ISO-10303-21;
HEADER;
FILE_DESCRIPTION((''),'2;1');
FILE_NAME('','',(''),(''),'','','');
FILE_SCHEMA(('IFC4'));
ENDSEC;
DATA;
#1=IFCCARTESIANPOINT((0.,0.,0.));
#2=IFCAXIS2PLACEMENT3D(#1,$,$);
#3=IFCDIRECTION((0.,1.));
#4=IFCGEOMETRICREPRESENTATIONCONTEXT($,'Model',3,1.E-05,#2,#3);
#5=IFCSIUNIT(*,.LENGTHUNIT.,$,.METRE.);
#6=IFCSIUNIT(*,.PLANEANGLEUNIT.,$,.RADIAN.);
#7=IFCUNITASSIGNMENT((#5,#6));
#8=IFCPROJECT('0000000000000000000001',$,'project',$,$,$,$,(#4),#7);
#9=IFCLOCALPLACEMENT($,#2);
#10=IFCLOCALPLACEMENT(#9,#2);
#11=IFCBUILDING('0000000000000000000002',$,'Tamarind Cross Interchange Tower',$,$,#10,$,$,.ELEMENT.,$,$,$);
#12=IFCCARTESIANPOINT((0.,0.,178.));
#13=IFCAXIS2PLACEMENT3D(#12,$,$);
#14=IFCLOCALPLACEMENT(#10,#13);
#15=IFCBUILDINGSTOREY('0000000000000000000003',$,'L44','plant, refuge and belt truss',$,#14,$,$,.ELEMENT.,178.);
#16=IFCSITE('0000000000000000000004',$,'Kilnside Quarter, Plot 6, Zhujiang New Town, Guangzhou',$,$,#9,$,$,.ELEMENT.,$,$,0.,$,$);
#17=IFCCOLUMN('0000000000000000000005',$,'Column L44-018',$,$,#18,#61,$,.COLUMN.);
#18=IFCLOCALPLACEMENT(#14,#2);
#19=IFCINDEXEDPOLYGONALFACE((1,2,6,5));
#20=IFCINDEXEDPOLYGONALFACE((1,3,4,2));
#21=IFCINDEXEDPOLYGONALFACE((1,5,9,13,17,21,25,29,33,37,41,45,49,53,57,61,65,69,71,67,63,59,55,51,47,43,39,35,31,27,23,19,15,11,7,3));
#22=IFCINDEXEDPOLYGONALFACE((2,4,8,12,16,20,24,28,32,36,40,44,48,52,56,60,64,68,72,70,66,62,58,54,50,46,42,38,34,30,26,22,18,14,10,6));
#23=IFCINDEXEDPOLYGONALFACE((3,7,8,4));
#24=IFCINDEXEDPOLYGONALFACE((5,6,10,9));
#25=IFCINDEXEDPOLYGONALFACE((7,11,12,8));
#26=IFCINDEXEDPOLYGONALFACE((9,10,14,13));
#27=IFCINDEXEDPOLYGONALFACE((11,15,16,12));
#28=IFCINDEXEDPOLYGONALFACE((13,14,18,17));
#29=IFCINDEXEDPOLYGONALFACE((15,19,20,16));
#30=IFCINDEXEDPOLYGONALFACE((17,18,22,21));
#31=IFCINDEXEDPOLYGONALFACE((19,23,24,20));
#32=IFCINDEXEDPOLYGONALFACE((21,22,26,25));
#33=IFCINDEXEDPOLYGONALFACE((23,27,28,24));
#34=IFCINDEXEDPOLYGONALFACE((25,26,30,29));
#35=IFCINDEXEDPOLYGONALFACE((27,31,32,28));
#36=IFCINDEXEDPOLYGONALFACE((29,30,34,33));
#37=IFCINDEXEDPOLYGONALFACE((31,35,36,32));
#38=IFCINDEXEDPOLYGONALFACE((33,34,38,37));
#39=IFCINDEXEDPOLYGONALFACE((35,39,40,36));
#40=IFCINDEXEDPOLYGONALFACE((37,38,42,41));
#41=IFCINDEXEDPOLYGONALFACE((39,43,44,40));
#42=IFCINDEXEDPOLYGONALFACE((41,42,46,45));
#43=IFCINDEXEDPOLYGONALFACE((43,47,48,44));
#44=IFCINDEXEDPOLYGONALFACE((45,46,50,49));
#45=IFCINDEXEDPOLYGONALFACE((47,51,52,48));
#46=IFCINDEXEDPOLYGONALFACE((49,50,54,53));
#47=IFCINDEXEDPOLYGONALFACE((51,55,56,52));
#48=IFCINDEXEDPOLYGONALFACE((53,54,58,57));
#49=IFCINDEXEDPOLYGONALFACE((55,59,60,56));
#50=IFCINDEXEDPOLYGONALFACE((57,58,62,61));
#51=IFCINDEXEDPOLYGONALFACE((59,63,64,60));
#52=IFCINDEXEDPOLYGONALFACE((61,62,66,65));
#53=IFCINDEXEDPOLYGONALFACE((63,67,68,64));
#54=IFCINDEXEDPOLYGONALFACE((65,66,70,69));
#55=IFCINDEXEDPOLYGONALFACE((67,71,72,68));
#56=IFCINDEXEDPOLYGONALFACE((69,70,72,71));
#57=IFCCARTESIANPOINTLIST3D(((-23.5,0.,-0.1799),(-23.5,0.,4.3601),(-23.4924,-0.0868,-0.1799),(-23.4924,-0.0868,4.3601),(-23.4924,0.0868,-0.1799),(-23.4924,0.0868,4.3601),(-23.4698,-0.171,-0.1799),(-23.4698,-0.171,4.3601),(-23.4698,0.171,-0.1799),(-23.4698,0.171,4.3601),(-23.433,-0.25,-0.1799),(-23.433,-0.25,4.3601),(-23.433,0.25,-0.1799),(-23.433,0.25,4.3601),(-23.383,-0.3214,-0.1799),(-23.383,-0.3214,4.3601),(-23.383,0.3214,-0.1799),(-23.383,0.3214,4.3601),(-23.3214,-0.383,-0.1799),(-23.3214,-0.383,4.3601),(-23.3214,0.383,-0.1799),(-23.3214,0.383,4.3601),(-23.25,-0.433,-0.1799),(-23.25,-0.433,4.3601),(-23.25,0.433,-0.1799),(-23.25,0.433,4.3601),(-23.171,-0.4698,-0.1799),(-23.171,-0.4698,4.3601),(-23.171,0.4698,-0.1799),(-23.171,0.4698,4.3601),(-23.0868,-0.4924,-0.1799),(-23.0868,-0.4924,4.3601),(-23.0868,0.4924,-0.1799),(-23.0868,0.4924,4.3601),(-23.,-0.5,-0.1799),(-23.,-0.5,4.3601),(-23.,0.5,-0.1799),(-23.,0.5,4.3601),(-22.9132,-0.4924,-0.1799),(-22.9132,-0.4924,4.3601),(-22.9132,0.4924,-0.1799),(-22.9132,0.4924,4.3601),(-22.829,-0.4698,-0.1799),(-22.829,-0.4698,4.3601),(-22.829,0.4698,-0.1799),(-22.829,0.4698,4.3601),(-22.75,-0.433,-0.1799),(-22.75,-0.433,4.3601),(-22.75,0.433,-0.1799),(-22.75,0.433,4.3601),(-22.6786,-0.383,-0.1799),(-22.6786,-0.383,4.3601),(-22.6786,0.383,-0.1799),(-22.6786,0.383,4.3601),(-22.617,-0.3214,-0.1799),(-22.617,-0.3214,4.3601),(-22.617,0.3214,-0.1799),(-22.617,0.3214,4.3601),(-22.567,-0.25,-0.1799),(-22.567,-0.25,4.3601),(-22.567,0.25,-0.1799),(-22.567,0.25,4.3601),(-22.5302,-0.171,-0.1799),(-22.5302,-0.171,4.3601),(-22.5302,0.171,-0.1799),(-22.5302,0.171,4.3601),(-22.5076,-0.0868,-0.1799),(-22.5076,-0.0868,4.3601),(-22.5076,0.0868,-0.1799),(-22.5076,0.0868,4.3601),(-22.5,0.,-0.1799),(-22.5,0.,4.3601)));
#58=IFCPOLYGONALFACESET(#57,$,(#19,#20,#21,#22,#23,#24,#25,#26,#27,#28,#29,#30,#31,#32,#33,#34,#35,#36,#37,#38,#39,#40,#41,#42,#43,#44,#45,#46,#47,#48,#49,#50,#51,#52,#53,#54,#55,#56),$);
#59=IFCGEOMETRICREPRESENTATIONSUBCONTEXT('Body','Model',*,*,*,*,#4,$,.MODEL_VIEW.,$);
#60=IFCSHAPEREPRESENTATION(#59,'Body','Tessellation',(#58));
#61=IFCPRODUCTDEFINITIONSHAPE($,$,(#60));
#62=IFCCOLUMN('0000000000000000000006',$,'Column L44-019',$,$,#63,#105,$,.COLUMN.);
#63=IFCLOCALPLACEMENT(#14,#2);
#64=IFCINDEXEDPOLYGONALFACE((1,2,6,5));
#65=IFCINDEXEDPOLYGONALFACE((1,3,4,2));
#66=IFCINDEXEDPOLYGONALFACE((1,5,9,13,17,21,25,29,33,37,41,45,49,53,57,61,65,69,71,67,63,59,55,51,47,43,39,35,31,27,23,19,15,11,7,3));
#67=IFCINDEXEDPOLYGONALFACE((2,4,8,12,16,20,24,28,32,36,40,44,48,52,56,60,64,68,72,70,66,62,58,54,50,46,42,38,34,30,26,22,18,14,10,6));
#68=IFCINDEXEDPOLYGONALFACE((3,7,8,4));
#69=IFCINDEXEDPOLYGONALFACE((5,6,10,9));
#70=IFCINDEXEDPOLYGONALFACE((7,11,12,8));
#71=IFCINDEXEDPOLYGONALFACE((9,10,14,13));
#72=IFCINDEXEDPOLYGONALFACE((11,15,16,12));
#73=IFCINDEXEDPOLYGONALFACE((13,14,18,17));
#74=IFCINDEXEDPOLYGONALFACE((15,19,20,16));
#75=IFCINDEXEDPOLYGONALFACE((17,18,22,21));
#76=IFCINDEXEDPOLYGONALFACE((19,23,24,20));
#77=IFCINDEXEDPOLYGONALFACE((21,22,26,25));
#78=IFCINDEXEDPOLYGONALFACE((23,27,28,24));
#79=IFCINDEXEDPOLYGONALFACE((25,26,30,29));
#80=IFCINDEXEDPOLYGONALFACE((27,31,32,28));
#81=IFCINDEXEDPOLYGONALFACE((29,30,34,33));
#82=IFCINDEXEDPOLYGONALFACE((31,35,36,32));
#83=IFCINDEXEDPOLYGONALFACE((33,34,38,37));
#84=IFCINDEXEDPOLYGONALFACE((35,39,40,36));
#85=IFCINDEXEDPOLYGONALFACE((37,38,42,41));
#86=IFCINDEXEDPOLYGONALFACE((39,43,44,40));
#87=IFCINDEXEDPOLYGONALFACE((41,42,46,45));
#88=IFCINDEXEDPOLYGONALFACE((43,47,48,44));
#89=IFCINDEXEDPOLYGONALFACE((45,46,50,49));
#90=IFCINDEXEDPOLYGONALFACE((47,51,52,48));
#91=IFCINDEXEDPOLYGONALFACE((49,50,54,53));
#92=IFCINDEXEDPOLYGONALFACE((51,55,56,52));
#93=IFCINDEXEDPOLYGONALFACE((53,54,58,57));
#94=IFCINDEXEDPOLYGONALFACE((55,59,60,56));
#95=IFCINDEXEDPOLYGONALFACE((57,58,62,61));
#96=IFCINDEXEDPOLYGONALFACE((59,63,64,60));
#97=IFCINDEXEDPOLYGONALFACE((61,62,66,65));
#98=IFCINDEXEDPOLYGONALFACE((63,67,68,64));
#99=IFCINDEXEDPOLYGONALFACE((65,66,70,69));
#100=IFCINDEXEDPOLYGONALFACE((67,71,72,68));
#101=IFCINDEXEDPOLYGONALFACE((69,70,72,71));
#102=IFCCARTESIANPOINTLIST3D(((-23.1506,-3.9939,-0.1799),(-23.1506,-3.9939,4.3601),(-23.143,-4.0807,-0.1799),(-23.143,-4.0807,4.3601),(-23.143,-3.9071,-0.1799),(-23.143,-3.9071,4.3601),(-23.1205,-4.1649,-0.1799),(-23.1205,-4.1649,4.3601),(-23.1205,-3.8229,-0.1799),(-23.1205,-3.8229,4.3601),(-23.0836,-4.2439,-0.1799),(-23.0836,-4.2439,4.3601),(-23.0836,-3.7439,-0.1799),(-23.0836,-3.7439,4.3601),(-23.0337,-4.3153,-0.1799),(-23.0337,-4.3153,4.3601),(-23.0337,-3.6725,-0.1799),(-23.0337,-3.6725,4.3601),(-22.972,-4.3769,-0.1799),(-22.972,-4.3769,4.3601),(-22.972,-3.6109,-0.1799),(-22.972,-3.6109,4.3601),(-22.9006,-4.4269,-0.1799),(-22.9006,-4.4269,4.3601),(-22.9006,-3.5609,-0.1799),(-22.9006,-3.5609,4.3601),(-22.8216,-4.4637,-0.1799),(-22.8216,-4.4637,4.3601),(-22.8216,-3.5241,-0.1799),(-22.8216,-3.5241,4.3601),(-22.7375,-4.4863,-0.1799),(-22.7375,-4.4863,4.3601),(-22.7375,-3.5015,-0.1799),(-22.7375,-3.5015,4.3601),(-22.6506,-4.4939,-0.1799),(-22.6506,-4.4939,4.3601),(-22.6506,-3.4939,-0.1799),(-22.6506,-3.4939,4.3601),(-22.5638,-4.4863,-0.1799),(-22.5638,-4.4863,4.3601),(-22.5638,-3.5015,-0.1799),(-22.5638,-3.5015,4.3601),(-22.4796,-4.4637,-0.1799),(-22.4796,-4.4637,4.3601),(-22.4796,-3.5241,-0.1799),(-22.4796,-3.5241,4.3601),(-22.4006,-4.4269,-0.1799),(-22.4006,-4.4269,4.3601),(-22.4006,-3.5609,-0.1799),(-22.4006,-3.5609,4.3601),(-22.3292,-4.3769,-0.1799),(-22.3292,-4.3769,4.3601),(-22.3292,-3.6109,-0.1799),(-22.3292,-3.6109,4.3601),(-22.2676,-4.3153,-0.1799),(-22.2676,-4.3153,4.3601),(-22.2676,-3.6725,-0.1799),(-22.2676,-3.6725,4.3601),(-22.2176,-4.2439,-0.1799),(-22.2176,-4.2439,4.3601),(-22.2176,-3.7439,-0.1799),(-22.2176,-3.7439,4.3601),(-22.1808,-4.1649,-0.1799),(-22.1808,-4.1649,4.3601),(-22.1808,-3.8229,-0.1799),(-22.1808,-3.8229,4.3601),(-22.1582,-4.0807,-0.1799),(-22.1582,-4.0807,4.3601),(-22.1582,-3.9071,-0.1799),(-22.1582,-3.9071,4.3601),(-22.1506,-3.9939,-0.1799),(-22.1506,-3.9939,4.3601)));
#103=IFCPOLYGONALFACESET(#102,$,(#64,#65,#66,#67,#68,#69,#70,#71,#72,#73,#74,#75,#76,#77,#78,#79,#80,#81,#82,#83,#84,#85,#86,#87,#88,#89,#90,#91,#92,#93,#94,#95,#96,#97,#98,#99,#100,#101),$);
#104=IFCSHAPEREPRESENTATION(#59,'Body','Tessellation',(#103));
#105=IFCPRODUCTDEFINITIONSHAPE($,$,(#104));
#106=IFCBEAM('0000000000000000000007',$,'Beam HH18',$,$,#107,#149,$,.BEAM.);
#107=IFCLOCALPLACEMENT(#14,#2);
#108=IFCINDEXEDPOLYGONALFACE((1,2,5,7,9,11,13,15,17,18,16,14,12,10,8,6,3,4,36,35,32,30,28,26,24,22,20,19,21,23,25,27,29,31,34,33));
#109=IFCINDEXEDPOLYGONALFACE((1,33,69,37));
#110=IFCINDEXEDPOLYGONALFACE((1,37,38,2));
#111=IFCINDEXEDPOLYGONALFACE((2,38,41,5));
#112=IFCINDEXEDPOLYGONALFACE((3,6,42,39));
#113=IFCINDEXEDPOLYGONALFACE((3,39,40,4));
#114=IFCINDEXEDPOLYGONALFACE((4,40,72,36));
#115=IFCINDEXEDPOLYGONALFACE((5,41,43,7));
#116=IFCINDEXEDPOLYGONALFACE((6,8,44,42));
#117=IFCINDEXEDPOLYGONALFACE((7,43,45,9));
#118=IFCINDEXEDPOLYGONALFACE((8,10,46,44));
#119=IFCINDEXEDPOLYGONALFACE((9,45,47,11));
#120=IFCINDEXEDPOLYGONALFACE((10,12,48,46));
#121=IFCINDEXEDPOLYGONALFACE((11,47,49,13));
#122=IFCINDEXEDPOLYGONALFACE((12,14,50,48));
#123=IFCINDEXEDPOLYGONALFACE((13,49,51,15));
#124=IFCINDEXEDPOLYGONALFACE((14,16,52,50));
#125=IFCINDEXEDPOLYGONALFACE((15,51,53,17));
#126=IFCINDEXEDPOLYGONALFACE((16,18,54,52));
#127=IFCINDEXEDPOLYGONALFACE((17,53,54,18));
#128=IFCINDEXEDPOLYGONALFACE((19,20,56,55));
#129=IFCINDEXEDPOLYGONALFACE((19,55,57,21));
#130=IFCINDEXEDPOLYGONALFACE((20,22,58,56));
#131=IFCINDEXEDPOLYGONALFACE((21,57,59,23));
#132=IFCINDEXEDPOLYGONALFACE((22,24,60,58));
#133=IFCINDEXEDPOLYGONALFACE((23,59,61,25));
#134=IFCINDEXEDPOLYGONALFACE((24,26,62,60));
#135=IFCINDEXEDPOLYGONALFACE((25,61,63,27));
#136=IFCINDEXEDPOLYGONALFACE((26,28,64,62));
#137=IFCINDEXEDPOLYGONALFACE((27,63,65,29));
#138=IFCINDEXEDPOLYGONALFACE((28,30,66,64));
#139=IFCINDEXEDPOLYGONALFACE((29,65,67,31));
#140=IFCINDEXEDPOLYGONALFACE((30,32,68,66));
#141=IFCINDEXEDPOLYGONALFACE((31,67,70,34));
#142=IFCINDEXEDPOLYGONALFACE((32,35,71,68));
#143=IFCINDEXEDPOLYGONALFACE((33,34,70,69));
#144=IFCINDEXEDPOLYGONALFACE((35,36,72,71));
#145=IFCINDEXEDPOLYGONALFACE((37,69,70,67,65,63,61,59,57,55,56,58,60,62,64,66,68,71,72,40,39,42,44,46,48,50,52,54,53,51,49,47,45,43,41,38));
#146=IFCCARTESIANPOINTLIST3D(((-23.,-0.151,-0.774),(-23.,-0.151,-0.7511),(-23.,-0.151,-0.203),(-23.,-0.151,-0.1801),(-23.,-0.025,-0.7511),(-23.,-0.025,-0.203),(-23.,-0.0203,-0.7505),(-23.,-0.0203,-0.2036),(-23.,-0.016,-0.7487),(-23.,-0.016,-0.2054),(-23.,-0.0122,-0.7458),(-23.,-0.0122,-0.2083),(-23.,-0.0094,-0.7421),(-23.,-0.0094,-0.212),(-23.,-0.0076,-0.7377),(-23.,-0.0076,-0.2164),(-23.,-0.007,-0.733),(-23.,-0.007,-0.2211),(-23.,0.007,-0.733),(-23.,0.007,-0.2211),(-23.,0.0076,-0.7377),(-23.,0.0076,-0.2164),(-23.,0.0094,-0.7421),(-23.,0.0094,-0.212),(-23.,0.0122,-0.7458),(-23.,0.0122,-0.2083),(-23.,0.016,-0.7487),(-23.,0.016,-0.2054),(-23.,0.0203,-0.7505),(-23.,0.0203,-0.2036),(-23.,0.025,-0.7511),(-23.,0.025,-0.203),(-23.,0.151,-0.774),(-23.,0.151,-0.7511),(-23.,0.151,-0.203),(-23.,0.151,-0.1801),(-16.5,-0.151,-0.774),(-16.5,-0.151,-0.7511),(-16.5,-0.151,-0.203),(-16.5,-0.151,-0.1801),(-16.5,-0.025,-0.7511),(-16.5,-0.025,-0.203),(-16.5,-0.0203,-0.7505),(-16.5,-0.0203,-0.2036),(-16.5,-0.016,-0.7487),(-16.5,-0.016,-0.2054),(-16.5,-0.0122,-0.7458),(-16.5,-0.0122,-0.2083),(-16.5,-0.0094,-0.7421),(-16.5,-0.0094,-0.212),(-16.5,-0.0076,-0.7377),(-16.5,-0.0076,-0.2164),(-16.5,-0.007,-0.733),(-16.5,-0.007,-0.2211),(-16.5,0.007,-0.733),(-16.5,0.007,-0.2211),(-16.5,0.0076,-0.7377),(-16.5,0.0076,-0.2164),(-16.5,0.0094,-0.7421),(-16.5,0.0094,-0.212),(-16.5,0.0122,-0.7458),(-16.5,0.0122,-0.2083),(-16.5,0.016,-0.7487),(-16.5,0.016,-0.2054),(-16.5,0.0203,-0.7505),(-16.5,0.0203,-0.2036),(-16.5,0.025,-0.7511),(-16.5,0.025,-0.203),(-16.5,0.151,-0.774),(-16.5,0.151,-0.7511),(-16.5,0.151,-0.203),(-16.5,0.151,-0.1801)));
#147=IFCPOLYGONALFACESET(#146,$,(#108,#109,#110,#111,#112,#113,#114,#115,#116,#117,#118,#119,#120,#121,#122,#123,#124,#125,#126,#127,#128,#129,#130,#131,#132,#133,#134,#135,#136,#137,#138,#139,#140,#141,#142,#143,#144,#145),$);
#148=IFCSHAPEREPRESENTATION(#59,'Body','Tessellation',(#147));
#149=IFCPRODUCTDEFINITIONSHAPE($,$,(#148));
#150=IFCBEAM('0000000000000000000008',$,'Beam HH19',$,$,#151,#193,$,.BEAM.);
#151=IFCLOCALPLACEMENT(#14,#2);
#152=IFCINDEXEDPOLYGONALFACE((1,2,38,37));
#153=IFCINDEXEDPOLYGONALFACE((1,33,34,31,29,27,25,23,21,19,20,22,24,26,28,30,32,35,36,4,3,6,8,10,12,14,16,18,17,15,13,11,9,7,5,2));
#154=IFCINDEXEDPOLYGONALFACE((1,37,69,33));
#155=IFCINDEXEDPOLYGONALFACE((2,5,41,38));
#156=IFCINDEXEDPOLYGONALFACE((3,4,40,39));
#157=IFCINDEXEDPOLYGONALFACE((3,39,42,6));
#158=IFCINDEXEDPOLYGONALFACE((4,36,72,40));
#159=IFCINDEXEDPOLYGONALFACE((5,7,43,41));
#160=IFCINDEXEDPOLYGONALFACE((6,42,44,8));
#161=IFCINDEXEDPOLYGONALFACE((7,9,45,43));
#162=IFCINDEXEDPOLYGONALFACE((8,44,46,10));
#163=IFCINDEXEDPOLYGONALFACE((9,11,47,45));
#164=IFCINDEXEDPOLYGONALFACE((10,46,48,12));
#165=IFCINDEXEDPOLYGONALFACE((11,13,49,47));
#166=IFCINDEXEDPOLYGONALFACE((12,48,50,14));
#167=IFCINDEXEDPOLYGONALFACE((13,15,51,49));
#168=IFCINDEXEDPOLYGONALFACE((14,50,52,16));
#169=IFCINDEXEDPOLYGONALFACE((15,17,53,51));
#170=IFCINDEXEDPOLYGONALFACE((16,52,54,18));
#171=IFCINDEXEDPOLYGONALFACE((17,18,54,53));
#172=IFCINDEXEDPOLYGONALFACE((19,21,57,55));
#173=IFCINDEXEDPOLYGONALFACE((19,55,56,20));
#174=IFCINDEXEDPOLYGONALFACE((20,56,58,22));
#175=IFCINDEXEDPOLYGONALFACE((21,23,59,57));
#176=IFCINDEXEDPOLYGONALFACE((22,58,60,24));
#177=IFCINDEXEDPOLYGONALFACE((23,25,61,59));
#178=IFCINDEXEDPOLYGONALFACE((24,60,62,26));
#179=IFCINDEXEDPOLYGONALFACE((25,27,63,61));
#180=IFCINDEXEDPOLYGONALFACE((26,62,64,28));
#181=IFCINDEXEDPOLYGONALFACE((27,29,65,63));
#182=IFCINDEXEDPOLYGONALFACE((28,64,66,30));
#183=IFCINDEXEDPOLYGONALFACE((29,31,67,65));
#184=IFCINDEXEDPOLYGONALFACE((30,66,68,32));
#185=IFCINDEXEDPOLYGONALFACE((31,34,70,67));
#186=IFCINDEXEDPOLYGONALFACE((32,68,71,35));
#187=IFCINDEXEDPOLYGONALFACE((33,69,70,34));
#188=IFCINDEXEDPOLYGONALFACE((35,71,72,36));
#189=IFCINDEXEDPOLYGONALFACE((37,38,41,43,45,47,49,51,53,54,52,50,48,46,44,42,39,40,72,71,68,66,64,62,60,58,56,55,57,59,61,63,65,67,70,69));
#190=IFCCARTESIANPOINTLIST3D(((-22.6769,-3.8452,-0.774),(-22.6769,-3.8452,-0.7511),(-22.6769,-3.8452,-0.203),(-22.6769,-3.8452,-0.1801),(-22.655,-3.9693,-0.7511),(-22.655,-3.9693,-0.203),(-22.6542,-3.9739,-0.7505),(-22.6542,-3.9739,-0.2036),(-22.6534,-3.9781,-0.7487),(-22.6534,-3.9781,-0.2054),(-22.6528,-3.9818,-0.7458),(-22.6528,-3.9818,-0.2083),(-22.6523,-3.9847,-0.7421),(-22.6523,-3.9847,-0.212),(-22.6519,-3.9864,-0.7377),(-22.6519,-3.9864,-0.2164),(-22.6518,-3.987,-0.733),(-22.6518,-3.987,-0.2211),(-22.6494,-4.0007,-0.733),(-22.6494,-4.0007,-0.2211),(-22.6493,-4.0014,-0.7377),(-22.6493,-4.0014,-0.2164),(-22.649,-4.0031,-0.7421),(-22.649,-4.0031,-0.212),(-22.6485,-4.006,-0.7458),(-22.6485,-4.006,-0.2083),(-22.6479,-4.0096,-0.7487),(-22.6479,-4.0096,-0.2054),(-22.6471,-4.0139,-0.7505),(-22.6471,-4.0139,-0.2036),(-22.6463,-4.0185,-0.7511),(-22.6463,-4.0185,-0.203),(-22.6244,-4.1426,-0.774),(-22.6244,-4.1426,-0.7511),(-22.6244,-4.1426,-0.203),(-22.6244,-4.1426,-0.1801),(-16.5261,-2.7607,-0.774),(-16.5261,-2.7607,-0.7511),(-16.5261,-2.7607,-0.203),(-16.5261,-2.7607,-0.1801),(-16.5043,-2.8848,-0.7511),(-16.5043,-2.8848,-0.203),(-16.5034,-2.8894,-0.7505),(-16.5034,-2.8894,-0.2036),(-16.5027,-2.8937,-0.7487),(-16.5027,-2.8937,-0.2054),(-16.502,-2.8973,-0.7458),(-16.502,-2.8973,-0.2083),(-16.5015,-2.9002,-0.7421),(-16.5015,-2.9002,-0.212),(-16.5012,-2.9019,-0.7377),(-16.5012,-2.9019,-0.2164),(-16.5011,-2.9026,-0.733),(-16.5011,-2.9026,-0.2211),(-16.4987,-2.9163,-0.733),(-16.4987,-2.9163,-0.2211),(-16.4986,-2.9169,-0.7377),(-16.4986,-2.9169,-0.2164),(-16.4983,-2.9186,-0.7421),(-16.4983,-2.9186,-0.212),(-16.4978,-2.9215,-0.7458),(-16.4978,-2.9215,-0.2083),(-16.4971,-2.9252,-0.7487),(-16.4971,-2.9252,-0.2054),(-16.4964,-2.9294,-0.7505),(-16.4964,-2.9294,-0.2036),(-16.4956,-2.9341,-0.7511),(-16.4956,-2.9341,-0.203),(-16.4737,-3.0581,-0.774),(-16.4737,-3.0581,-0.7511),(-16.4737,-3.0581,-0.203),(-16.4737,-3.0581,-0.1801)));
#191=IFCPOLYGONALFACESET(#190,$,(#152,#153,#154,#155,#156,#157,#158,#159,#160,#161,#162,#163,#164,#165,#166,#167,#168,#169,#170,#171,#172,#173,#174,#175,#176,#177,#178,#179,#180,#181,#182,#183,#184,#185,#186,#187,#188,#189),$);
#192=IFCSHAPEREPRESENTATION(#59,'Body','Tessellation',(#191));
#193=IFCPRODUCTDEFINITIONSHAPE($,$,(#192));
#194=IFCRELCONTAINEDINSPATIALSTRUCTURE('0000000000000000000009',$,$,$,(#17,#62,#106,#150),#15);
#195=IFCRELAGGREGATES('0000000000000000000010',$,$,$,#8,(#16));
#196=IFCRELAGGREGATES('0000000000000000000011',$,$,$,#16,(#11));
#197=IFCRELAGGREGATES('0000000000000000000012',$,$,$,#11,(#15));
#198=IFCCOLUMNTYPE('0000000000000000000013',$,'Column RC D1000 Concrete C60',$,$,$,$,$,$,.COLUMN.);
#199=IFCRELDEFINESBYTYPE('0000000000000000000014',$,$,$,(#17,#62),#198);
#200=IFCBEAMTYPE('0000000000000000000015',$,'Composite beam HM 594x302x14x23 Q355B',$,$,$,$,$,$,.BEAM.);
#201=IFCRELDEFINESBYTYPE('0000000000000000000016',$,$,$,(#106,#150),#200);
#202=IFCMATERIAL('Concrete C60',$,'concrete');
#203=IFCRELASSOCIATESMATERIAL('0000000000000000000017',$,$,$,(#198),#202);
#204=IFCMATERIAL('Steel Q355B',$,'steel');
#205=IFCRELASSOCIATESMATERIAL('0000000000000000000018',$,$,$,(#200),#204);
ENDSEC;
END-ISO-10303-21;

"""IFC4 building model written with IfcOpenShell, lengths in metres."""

from ifc_helpers import new_model, si_unit, direction, frame, origin, origin_2d, place, context, subcontext, project, spatial, circle, i_section, extrude, material, material_profile, profile_set, type_object, element, save


model = new_model("IFC4")

# Units and contexts
model_context = context("Model", 3, precision=1e-05, world=origin(), true_north=direction((0.0, 1.0)))
body_context = subcontext(model_context, "Body", "Model", "MODEL_VIEW")
ifc_project = project(units=[si_unit("LENGTHUNIT", "METRE"), si_unit("PLANEANGLEUNIT", "RADIAN")], contexts=[model_context])

# Site, building, storey
site_placement = place(None, origin())
site = spatial("IfcSite", under=ifc_project, at=site_placement, Name="Kilnside Quarter, Plot 6, Zhujiang New Town, Guangzhou", CompositionType="ELEMENT", RefElevation=0.0)
building_placement = place(site_placement, origin())
building = spatial("IfcBuilding", under=site, at=building_placement, Name="Tamarind Cross Interchange Tower", CompositionType="ELEMENT")
storey_placement = place(building_placement, frame((0.0, 0.0, 178.0)))
storey = spatial("IfcBuildingStorey", under=building, at=storey_placement, Name="L44", Description="plant, refuge and belt truss", CompositionType="ELEMENT", Elevation=178.0)

# Columns
ifc_material_1 = material(Name="Concrete C60", Category="concrete")
ifc_material_profile_1 = material_profile(ifc_material_1, circle(Radius=0.5, at=origin_2d()), Name="RC D1000")
ifc_profile_set_1 = profile_set([ifc_material_profile_1], Name="Concrete C60")
column_type = type_object("IfcColumnType", Name="Column RC D1000 Concrete C60", PredefinedType="COLUMN", material=ifc_profile_set_1)
for number, where, z_axis, x_axis, name in (
    (1, (-23.0, 0.0, -0.1799), (0.0, 0.0, 1.0), (1.0, 0.0, 0.0), "Column L44-018"),
    (2, (-22.6506, -3.9939, -0.1799), (0.0, 0.0, 1.0), (1.0, 0.0, 0.0), "Column L44-019"),
):
    element("IfcColumn", number, at=place(storey_placement, frame(where, z_axis=z_axis, x_axis=x_axis)), inside=storey, type_object=column_type, Name=name, PredefinedType="COLUMN", context=body_context, shape_type="SweptSolid", body=[
        extrude(circle(Radius=0.5, at=origin_2d()), origin(), (0.0, 0.0, 1.0), 4.54),
    ])

# Beams
ifc_material_2 = material(Name="Steel Q355B", Category="steel")
ifc_material_profile_2 = material_profile(ifc_material_2, i_section(OverallWidth=0.302, OverallDepth=0.594, WebThickness=0.0139, FlangeThickness=0.0229, FilletRadius=0.0181, at=origin_2d()), Name="HM 594x302x14x23")
ifc_profile_set_2 = profile_set([ifc_material_profile_2], Name="Steel Q355B")
beam_type_1 = type_object("IfcBeamType", Name="Composite beam HM 594x302x14x23 Q355B", PredefinedType="BEAM", material=ifc_profile_set_2)
beam_1_placement = place(storey_placement, frame((-23.0, 0.0, -0.4771), z_axis=(1.0, 0.0, 0.0), x_axis=(0.0, 1.0, 0.0)))
element("IfcBeam", 3, at=beam_1_placement, inside=storey, type_object=beam_type_1, Name="Beam HH18", PredefinedType="BEAM", context=body_context, shape_type="SweptSolid", body=[
    extrude(i_section(OverallWidth=0.302, OverallDepth=0.594, WebThickness=0.0139, FlangeThickness=0.0229, FilletRadius=0.0181, at=origin_2d()), origin(), (0.0, 0.0, 1.0), 6.5),
])
beam_2_placement = place(storey_placement, frame((-22.6506, -3.9939, -0.4771), z_axis=(0.984809, 0.17364, 0.0), x_axis=(-0.17364, 0.984809, 0.0)))
element("IfcBeam", 4, at=beam_2_placement, inside=storey, type_object=beam_type_1, Name="Beam HH19", PredefinedType="BEAM", context=body_context, shape_type="SweptSolid", body=[
    extrude(i_section(OverallWidth=0.302, OverallDepth=0.594, WebThickness=0.0139, FlangeThickness=0.0229, FilletRadius=0.0181, at=origin_2d()), origin(), (0.0, 0.0, 1.0), 6.2456),
])

save(model, "model.ifc")
